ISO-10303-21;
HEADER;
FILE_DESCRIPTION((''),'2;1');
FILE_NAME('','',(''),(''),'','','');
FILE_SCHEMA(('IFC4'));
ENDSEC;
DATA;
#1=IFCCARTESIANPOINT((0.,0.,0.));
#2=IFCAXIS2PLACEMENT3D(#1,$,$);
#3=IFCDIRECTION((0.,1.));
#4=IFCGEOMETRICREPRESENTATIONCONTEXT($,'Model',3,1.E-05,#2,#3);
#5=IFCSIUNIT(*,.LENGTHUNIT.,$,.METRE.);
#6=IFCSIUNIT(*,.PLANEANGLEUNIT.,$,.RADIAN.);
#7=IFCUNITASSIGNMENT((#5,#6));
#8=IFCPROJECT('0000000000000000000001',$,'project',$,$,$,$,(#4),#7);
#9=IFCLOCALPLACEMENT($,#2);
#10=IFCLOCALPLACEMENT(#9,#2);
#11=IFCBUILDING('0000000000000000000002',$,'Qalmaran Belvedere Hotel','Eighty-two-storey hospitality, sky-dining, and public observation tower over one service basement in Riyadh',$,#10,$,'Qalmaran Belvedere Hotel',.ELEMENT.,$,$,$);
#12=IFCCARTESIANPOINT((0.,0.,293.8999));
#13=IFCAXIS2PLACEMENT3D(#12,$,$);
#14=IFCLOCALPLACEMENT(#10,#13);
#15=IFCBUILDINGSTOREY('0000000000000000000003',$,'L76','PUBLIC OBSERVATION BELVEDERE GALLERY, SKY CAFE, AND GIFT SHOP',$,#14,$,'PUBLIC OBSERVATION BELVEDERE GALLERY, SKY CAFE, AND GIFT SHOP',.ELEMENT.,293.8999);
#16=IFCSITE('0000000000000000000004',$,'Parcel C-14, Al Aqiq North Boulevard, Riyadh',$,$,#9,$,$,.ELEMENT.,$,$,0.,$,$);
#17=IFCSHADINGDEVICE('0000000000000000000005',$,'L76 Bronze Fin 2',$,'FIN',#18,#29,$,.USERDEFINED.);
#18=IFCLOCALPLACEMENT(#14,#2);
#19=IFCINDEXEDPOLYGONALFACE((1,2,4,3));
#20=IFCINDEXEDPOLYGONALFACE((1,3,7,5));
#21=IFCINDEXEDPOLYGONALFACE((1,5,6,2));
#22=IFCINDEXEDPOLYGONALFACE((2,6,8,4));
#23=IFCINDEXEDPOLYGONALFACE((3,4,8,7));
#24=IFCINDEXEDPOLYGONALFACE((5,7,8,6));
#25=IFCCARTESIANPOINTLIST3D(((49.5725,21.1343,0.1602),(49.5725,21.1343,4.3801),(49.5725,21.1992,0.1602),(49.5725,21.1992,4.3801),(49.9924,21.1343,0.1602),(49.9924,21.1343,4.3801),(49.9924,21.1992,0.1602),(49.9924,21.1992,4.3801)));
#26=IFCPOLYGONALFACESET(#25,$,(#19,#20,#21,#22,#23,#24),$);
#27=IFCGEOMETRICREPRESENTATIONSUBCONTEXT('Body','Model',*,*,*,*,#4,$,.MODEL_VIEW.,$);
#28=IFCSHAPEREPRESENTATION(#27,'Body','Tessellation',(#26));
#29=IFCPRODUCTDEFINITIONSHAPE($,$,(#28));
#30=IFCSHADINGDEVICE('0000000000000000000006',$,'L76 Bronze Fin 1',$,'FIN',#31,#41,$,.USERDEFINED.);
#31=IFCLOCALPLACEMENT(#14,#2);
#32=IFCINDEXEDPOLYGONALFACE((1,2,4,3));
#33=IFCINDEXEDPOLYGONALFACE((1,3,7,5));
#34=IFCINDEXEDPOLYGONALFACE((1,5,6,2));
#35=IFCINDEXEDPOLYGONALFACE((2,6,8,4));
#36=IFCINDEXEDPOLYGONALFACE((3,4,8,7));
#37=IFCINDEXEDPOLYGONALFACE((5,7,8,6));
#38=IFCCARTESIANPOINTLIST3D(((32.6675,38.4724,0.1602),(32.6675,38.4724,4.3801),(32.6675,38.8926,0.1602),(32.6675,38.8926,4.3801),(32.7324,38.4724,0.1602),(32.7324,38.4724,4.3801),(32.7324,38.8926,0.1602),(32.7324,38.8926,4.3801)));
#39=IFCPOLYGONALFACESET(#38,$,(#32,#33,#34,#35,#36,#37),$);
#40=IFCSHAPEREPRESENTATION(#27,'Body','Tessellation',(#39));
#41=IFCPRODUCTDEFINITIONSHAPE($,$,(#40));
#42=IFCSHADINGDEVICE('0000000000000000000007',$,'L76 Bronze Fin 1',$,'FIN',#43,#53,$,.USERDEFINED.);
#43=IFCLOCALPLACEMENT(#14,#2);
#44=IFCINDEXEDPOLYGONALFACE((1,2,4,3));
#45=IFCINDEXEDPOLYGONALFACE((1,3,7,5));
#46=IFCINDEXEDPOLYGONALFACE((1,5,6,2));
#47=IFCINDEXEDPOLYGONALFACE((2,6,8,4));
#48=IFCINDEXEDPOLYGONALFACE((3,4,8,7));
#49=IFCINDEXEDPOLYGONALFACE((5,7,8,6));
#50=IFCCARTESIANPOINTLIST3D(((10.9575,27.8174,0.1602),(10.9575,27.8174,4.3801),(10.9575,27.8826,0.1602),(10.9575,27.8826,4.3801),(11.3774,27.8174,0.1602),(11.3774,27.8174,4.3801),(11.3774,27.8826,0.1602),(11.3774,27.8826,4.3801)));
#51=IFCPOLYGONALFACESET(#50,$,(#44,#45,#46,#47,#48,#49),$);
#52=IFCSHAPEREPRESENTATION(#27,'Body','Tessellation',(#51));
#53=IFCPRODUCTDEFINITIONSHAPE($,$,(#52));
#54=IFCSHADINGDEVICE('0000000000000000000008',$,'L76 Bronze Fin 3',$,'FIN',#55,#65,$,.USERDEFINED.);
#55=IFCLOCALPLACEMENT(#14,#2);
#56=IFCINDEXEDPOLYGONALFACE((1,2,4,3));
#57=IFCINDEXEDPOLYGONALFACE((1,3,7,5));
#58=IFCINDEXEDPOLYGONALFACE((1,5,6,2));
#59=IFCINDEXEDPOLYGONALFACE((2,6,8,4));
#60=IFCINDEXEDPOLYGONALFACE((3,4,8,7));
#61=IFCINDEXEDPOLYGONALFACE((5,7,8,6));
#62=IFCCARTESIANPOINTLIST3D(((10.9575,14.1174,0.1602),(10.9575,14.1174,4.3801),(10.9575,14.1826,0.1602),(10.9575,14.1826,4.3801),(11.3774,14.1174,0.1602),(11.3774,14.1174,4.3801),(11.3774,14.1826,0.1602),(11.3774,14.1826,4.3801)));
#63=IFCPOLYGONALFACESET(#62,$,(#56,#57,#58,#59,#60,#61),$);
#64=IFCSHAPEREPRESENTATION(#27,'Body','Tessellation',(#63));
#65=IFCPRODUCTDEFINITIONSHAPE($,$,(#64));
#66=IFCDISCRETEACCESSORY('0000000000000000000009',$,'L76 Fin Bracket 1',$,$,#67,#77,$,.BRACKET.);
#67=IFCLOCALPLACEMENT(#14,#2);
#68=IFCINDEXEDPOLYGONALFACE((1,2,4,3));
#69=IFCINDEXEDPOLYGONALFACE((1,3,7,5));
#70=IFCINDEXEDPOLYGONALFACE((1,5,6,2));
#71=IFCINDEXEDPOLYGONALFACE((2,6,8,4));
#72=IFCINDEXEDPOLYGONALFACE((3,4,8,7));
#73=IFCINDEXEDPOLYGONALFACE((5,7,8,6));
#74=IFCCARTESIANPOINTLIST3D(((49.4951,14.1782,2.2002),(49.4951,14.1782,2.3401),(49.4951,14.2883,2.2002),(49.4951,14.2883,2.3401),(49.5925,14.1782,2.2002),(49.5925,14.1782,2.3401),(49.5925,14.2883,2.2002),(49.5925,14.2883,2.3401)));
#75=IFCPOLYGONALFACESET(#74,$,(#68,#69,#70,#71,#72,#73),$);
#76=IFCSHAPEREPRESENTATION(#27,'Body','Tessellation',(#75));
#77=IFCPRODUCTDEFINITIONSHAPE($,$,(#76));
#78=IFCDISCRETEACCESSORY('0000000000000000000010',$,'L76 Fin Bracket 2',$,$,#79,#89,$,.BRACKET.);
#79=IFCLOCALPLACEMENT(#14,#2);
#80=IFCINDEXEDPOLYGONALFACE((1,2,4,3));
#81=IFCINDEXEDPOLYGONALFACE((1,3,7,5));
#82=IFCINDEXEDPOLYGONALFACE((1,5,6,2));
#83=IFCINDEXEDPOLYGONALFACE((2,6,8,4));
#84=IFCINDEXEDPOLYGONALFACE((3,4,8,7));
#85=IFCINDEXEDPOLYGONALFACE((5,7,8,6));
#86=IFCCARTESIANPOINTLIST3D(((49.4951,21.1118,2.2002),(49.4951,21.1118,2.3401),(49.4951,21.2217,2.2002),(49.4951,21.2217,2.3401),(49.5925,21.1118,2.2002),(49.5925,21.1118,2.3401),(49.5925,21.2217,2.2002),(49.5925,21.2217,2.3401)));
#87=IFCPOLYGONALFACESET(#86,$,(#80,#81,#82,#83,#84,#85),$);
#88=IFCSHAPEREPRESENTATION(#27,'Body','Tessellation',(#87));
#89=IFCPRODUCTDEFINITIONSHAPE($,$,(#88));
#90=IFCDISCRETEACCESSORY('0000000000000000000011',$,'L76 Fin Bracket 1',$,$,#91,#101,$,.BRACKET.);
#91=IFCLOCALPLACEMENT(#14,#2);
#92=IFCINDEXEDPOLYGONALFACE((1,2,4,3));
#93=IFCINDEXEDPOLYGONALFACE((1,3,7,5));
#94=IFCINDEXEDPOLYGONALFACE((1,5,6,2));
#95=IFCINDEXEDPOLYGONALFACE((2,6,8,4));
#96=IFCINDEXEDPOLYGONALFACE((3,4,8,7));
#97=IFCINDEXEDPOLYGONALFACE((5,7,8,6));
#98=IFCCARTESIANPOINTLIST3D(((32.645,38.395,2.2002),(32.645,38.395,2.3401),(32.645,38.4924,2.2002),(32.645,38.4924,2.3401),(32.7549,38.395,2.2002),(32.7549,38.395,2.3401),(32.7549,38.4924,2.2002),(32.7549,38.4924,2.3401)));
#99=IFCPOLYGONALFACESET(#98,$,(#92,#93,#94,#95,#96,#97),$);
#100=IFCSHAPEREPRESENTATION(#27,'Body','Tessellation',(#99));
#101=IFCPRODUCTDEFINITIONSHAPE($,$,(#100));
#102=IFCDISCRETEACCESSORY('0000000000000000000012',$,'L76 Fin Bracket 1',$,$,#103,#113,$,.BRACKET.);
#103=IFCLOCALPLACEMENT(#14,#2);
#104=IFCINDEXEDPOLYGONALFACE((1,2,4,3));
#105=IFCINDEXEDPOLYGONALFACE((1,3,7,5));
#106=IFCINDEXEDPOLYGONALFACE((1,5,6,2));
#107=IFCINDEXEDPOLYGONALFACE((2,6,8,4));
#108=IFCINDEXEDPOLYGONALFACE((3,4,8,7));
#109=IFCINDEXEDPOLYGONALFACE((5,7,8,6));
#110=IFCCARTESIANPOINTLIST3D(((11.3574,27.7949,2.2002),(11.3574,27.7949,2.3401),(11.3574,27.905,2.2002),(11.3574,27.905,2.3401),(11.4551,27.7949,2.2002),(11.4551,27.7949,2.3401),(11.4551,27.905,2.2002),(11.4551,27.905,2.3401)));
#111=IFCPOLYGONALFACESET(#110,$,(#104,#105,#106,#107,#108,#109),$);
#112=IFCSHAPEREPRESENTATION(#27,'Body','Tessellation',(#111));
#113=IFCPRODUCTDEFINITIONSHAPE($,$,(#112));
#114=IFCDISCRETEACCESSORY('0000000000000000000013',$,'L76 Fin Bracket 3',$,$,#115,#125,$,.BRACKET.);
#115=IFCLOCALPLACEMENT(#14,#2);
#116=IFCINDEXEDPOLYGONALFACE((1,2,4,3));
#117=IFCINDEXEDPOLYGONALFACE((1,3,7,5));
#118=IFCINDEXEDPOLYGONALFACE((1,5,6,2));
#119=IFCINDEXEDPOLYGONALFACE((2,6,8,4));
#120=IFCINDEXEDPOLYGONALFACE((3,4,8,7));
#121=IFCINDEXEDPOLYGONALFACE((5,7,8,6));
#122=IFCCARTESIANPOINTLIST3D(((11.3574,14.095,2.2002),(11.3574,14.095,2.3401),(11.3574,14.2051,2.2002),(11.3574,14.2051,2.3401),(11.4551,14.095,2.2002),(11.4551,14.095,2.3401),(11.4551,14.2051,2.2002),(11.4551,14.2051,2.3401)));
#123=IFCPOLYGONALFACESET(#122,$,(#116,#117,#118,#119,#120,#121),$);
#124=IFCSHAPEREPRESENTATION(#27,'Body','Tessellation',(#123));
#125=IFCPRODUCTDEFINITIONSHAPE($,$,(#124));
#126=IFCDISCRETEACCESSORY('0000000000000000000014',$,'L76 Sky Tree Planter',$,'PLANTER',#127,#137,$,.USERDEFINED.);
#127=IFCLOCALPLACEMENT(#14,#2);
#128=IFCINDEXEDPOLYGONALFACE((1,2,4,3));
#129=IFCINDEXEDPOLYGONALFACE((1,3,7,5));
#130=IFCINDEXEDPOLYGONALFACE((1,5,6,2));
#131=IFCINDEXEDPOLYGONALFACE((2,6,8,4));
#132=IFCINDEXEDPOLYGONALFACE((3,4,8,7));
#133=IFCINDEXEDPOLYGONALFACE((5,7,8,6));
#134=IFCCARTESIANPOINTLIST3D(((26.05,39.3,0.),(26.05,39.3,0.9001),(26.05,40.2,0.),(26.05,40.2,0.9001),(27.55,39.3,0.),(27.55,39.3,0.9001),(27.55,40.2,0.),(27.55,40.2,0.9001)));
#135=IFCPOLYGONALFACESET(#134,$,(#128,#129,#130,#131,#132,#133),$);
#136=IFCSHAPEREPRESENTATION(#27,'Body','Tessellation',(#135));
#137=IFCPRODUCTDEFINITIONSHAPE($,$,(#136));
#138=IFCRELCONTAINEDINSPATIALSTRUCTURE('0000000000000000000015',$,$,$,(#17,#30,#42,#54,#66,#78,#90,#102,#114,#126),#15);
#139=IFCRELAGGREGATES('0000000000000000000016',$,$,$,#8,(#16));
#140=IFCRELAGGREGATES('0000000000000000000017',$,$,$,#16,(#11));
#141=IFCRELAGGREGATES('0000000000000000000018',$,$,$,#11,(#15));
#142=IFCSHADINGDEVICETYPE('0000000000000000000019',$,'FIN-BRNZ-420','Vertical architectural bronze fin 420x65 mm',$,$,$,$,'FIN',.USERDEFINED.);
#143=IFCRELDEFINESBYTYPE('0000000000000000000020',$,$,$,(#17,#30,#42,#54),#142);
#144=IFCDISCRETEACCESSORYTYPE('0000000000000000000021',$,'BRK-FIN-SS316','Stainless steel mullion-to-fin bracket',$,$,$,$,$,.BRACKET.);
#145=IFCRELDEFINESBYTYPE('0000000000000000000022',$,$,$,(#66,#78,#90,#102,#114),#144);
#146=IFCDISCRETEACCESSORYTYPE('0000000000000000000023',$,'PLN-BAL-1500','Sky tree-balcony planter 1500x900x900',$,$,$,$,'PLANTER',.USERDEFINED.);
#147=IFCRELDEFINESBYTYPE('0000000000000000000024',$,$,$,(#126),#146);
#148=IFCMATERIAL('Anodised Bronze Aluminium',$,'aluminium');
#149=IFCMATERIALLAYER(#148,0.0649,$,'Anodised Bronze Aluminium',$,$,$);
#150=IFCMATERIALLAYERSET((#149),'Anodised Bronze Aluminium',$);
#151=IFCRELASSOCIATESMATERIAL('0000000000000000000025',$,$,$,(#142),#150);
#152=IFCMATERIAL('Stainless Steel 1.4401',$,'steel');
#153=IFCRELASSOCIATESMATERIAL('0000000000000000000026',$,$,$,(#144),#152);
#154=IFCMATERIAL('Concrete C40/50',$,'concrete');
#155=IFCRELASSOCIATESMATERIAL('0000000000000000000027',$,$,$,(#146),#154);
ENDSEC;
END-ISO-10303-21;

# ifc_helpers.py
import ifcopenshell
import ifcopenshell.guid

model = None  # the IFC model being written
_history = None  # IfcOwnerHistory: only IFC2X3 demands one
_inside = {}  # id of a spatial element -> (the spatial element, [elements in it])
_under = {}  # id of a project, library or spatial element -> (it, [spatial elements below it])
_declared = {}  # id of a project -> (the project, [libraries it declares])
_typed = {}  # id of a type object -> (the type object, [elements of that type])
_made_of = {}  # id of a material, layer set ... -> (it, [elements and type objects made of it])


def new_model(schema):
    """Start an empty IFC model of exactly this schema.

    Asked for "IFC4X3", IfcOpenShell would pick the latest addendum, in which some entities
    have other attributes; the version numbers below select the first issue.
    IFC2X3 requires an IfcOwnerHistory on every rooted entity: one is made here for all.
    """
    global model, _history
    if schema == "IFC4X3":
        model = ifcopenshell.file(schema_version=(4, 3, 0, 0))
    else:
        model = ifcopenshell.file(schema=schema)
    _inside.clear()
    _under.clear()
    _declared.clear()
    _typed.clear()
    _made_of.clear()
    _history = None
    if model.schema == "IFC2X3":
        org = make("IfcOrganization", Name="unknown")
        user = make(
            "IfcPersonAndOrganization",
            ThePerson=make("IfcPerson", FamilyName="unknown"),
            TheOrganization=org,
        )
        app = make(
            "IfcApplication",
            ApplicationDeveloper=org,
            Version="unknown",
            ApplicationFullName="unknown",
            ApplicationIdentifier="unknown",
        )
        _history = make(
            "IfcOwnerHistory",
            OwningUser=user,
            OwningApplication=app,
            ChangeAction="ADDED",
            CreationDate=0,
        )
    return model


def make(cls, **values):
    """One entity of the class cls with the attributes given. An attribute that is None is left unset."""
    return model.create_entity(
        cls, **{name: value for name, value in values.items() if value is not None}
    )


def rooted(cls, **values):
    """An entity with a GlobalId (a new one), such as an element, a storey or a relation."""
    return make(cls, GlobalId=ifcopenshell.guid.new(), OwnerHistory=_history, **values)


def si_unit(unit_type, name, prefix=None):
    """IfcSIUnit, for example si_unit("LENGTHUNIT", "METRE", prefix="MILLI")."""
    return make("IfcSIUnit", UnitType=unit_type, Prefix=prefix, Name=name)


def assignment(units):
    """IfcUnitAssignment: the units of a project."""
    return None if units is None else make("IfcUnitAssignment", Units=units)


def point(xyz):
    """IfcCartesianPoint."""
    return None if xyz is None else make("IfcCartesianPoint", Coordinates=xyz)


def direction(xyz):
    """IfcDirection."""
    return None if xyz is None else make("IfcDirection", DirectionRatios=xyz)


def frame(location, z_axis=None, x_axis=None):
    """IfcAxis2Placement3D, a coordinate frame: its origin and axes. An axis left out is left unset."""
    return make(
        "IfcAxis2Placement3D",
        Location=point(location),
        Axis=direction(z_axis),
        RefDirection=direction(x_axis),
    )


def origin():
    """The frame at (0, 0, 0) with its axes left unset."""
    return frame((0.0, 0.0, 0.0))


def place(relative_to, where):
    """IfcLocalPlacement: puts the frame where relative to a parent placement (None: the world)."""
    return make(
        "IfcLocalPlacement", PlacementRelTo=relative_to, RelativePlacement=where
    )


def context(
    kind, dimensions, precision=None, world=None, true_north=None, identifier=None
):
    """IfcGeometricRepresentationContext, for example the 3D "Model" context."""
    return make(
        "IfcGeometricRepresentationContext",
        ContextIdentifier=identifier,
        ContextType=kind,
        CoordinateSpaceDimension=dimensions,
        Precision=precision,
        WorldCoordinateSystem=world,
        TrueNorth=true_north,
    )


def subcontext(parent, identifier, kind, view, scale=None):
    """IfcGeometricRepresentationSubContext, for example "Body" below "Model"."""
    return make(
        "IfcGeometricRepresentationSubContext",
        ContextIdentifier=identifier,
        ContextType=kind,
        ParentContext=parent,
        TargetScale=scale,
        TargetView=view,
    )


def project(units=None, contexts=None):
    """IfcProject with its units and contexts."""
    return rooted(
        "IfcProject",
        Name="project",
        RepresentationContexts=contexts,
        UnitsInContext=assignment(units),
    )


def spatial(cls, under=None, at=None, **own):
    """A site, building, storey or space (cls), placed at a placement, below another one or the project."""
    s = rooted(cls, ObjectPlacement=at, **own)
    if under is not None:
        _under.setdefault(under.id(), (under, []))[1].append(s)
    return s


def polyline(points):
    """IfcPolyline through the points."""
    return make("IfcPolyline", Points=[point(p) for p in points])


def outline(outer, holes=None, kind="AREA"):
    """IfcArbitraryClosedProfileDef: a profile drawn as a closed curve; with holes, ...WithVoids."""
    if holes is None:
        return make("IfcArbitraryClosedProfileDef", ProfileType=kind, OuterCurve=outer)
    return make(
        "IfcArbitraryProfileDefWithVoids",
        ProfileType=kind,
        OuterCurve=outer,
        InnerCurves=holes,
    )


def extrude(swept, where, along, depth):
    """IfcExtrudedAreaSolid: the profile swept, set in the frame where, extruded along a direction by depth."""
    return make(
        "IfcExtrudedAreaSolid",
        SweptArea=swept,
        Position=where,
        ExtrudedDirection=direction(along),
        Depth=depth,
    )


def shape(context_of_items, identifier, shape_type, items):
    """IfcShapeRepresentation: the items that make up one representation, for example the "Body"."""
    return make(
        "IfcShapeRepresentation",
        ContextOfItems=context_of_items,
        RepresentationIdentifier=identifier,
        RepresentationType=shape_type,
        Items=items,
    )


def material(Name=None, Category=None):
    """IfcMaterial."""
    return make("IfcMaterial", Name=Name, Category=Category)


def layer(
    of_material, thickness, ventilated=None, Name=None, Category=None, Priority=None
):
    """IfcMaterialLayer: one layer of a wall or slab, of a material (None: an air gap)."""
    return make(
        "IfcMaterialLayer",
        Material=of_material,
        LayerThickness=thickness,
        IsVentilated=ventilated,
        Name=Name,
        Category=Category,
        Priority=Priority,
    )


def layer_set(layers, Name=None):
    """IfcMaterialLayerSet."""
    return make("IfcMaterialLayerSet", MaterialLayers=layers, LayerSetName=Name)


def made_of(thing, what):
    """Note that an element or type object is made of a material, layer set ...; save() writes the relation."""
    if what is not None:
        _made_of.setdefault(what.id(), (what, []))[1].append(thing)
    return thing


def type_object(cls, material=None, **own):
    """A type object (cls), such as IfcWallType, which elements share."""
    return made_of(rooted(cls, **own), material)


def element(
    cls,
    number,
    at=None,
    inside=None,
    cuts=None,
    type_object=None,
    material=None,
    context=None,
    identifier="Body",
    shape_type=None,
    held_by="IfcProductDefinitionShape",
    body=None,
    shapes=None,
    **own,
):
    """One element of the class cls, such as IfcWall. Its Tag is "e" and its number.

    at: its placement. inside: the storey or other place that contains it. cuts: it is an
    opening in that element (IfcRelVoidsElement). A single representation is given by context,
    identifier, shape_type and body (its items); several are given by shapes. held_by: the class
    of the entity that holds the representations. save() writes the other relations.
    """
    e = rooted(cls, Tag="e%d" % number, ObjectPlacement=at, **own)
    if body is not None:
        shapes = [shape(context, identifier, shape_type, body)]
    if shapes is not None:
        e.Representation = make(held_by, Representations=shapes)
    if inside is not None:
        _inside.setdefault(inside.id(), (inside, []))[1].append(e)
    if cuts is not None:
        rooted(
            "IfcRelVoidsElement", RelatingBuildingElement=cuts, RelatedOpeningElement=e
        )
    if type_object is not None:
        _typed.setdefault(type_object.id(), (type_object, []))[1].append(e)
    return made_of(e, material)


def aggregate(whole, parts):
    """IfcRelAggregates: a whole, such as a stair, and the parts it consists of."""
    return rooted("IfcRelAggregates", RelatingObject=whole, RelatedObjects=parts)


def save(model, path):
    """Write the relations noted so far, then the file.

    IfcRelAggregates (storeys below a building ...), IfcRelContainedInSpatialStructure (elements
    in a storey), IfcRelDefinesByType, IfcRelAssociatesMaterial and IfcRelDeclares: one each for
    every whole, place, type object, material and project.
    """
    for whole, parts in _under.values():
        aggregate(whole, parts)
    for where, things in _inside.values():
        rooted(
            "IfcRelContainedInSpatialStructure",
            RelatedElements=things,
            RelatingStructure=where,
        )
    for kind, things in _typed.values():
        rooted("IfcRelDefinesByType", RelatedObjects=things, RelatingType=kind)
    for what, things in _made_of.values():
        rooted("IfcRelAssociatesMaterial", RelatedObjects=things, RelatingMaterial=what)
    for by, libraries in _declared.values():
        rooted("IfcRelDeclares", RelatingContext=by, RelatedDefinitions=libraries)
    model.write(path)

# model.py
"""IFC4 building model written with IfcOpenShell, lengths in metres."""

from ifc_helpers import new_model, si_unit, direction, frame, origin, place, context, subcontext, project, spatial, polyline, outline, extrude, material, layer, layer_set, type_object, element, save


model = new_model("IFC4")

# Units and contexts
model_context = context("Model", 3, precision=1e-05, world=origin(), true_north=direction((0.0, 1.0)))
body_context = subcontext(model_context, "Body", "Model", "MODEL_VIEW")
ifc_project = project(units=[si_unit("LENGTHUNIT", "METRE"), si_unit("PLANEANGLEUNIT", "RADIAN")], contexts=[model_context])

# Site, building, storey
site_placement = place(None, origin())
site = spatial("IfcSite", under=ifc_project, at=site_placement, Name="Parcel C-14, Al Aqiq North Boulevard, Riyadh", CompositionType="ELEMENT", RefElevation=0.0)
building_placement = place(site_placement, origin())
building = spatial("IfcBuilding", under=site, at=building_placement, Name="Qalmaran Belvedere Hotel", Description="Eighty-two-storey hospitality, sky-dining, and public observation tower over one service basement in Riyadh", LongName="Qalmaran Belvedere Hotel", CompositionType="ELEMENT")
storey_placement = place(building_placement, frame((0.0, 0.0, 293.8999)))
storey = spatial("IfcBuildingStorey", under=building, at=storey_placement, Name="L76", Description="PUBLIC OBSERVATION BELVEDERE GALLERY, SKY CAFE, AND GIFT SHOP", LongName="PUBLIC OBSERVATION BELVEDERE GALLERY, SKY CAFE, AND GIFT SHOP", CompositionType="ELEMENT", Elevation=293.8999)

# Shared definitions
ifc_material_1 = material(Name="Anodised Bronze Aluminium", Category="aluminium")

# Shared definitions
ifc_material_2 = material(Name="Concrete C40/50", Category="concrete")

# Shading devices
ifc_layer_1 = layer(ifc_material_1, 0.0649, Name="Anodised Bronze Aluminium")
ifc_layer_set_1 = layer_set([ifc_layer_1], Name="Anodised Bronze Aluminium")
shading_device_type = type_object("IfcShadingDeviceType", Name="FIN-BRNZ-420", Description="Vertical architectural bronze fin 420x65 mm", ElementType="FIN", PredefinedType="USERDEFINED", material=ifc_layer_set_1)
shading_device_1_placement = place(storey_placement, frame((0.0, 0.0, 0.1602)))
element("IfcShadingDevice", 1, at=shading_device_1_placement, inside=storey, type_object=shading_device_type, Name="L76 Bronze Fin 2", ObjectType="FIN", PredefinedType="USERDEFINED", context=body_context, shape_type="SweptSolid", body=[
    extrude(outline(polyline([(49.5725, 21.1343), (49.9924, 21.1343), (49.9924, 21.1992), (49.5725, 21.1992), (49.5725, 21.1343)])), origin(), (0.0, 0.0, 1.0), 4.22),
])
shading_device_2_placement = place(storey_placement, frame((0.0, 0.0, 0.1602)))
element("IfcShadingDevice", 2, at=shading_device_2_placement, inside=storey, type_object=shading_device_type, Name="L76 Bronze Fin 1", ObjectType="FIN", PredefinedType="USERDEFINED", context=body_context, shape_type="SweptSolid", body=[
    extrude(outline(polyline([(32.7324, 38.4724), (32.7324, 38.8926), (32.6675, 38.8926), (32.6675, 38.4724), (32.7324, 38.4724)])), origin(), (0.0, 0.0, 1.0), 4.22),
])
shading_device_3_placement = place(storey_placement, frame((0.0, 0.0, 0.1602)))
element("IfcShadingDevice", 3, at=shading_device_3_placement, inside=storey, type_object=shading_device_type, Name="L76 Bronze Fin 1", ObjectType="FIN", PredefinedType="USERDEFINED", context=body_context, shape_type="SweptSolid", body=[
    extrude(outline(polyline([(11.3774, 27.8826), (10.9575, 27.8826), (10.9575, 27.8174), (11.3774, 27.8174), (11.3774, 27.8826)])), origin(), (0.0, 0.0, 1.0), 4.22),
])
shading_device_4_placement = place(storey_placement, frame((0.0, 0.0, 0.1602)))
element("IfcShadingDevice", 4, at=shading_device_4_placement, inside=storey, type_object=shading_device_type, Name="L76 Bronze Fin 3", ObjectType="FIN", PredefinedType="USERDEFINED", context=body_context, shape_type="SweptSolid", body=[
    extrude(outline(polyline([(11.3774, 14.1826), (10.9575, 14.1826), (10.9575, 14.1174), (11.3774, 14.1174), (11.3774, 14.1826)])), origin(), (0.0, 0.0, 1.0), 4.22),
])

# Discrete accessories
ifc_material_3 = material(Name="Stainless Steel 1.4401", Category="steel")
discrete_accessory_type_1 = type_object("IfcDiscreteAccessoryType", Name="BRK-FIN-SS316", Description="Stainless steel mullion-to-fin bracket", PredefinedType="BRACKET", material=ifc_material_3)
discrete_accessory_1_placement = place(storey_placement, frame((0.0, 0.0, 2.2002)))
element("IfcDiscreteAccessory", 5, at=discrete_accessory_1_placement, inside=storey, type_object=discrete_accessory_type_1, Name="L76 Fin Bracket 1", PredefinedType="BRACKET", context=body_context, shape_type="SweptSolid", body=[
    extrude(outline(polyline([(49.4951, 14.1782), (49.5925, 14.1782), (49.5925, 14.2883), (49.4951, 14.2883), (49.4951, 14.1782)])), origin(), (0.0, 0.0, 1.0), 0.1399),
])
discrete_accessory_2_placement = place(storey_placement, frame((0.0, 0.0, 2.2002)))
element("IfcDiscreteAccessory", 6, at=discrete_accessory_2_placement, inside=storey, type_object=discrete_accessory_type_1, Name="L76 Fin Bracket 2", PredefinedType="BRACKET", context=body_context, shape_type="SweptSolid", body=[
    extrude(outline(polyline([(49.4951, 21.1118), (49.5925, 21.1118), (49.5925, 21.2217), (49.4951, 21.2217), (49.4951, 21.1118)])), origin(), (0.0, 0.0, 1.0), 0.1399),
])
discrete_accessory_3_placement = place(storey_placement, frame((0.0, 0.0, 2.2002)))
element("IfcDiscreteAccessory", 7, at=discrete_accessory_3_placement, inside=storey, type_object=discrete_accessory_type_1, Name="L76 Fin Bracket 1", PredefinedType="BRACKET", context=body_context, shape_type="SweptSolid", body=[
    extrude(outline(polyline([(32.7549, 38.395), (32.7549, 38.4924), (32.645, 38.4924), (32.645, 38.395), (32.7549, 38.395)])), origin(), (0.0, 0.0, 1.0), 0.1399),
])
discrete_accessory_4_placement = place(storey_placement, frame((0.0, 0.0, 2.2002)))
element("IfcDiscreteAccessory", 8, at=discrete_accessory_4_placement, inside=storey, type_object=discrete_accessory_type_1, Name="L76 Fin Bracket 1", PredefinedType="BRACKET", context=body_context, shape_type="SweptSolid", body=[
    extrude(outline(polyline([(11.4551, 27.905), (11.3574, 27.905), (11.3574, 27.7949), (11.4551, 27.7949), (11.4551, 27.905)])), origin(), (0.0, 0.0, 1.0), 0.1399),
])
discrete_accessory_5_placement = place(storey_placement, frame((0.0, 0.0, 2.2002)))
element("IfcDiscreteAccessory", 9, at=discrete_accessory_5_placement, inside=storey, type_object=discrete_accessory_type_1, Name="L76 Fin Bracket 3", PredefinedType="BRACKET", context=body_context, shape_type="SweptSolid", body=[
    extrude(outline(polyline([(11.4551, 14.2051), (11.3574, 14.2051), (11.3574, 14.095), (11.4551, 14.095), (11.4551, 14.2051)])), origin(), (0.0, 0.0, 1.0), 0.1399),
])
discrete_accessory_type_2 = type_object("IfcDiscreteAccessoryType", Name="PLN-BAL-1500", Description="Sky tree-balcony planter 1500x900x900", ElementType="PLANTER", PredefinedType="USERDEFINED", material=ifc_material_2)
discrete_accessory_6_placement = place(storey_placement, origin())
element("IfcDiscreteAccessory", 10, at=discrete_accessory_6_placement, inside=storey, type_object=discrete_accessory_type_2, Name="L76 Sky Tree Planter", ObjectType="PLANTER", PredefinedType="USERDEFINED", context=body_context, shape_type="SweptSolid", body=[
    extrude(outline(polyline([(26.05, 39.3), (27.55, 39.3), (27.55, 40.2), (26.05, 40.2), (26.05, 39.3)])), origin(), (0.0, 0.0, 1.0), 0.9001),
])

save(model, "model.ifc")
